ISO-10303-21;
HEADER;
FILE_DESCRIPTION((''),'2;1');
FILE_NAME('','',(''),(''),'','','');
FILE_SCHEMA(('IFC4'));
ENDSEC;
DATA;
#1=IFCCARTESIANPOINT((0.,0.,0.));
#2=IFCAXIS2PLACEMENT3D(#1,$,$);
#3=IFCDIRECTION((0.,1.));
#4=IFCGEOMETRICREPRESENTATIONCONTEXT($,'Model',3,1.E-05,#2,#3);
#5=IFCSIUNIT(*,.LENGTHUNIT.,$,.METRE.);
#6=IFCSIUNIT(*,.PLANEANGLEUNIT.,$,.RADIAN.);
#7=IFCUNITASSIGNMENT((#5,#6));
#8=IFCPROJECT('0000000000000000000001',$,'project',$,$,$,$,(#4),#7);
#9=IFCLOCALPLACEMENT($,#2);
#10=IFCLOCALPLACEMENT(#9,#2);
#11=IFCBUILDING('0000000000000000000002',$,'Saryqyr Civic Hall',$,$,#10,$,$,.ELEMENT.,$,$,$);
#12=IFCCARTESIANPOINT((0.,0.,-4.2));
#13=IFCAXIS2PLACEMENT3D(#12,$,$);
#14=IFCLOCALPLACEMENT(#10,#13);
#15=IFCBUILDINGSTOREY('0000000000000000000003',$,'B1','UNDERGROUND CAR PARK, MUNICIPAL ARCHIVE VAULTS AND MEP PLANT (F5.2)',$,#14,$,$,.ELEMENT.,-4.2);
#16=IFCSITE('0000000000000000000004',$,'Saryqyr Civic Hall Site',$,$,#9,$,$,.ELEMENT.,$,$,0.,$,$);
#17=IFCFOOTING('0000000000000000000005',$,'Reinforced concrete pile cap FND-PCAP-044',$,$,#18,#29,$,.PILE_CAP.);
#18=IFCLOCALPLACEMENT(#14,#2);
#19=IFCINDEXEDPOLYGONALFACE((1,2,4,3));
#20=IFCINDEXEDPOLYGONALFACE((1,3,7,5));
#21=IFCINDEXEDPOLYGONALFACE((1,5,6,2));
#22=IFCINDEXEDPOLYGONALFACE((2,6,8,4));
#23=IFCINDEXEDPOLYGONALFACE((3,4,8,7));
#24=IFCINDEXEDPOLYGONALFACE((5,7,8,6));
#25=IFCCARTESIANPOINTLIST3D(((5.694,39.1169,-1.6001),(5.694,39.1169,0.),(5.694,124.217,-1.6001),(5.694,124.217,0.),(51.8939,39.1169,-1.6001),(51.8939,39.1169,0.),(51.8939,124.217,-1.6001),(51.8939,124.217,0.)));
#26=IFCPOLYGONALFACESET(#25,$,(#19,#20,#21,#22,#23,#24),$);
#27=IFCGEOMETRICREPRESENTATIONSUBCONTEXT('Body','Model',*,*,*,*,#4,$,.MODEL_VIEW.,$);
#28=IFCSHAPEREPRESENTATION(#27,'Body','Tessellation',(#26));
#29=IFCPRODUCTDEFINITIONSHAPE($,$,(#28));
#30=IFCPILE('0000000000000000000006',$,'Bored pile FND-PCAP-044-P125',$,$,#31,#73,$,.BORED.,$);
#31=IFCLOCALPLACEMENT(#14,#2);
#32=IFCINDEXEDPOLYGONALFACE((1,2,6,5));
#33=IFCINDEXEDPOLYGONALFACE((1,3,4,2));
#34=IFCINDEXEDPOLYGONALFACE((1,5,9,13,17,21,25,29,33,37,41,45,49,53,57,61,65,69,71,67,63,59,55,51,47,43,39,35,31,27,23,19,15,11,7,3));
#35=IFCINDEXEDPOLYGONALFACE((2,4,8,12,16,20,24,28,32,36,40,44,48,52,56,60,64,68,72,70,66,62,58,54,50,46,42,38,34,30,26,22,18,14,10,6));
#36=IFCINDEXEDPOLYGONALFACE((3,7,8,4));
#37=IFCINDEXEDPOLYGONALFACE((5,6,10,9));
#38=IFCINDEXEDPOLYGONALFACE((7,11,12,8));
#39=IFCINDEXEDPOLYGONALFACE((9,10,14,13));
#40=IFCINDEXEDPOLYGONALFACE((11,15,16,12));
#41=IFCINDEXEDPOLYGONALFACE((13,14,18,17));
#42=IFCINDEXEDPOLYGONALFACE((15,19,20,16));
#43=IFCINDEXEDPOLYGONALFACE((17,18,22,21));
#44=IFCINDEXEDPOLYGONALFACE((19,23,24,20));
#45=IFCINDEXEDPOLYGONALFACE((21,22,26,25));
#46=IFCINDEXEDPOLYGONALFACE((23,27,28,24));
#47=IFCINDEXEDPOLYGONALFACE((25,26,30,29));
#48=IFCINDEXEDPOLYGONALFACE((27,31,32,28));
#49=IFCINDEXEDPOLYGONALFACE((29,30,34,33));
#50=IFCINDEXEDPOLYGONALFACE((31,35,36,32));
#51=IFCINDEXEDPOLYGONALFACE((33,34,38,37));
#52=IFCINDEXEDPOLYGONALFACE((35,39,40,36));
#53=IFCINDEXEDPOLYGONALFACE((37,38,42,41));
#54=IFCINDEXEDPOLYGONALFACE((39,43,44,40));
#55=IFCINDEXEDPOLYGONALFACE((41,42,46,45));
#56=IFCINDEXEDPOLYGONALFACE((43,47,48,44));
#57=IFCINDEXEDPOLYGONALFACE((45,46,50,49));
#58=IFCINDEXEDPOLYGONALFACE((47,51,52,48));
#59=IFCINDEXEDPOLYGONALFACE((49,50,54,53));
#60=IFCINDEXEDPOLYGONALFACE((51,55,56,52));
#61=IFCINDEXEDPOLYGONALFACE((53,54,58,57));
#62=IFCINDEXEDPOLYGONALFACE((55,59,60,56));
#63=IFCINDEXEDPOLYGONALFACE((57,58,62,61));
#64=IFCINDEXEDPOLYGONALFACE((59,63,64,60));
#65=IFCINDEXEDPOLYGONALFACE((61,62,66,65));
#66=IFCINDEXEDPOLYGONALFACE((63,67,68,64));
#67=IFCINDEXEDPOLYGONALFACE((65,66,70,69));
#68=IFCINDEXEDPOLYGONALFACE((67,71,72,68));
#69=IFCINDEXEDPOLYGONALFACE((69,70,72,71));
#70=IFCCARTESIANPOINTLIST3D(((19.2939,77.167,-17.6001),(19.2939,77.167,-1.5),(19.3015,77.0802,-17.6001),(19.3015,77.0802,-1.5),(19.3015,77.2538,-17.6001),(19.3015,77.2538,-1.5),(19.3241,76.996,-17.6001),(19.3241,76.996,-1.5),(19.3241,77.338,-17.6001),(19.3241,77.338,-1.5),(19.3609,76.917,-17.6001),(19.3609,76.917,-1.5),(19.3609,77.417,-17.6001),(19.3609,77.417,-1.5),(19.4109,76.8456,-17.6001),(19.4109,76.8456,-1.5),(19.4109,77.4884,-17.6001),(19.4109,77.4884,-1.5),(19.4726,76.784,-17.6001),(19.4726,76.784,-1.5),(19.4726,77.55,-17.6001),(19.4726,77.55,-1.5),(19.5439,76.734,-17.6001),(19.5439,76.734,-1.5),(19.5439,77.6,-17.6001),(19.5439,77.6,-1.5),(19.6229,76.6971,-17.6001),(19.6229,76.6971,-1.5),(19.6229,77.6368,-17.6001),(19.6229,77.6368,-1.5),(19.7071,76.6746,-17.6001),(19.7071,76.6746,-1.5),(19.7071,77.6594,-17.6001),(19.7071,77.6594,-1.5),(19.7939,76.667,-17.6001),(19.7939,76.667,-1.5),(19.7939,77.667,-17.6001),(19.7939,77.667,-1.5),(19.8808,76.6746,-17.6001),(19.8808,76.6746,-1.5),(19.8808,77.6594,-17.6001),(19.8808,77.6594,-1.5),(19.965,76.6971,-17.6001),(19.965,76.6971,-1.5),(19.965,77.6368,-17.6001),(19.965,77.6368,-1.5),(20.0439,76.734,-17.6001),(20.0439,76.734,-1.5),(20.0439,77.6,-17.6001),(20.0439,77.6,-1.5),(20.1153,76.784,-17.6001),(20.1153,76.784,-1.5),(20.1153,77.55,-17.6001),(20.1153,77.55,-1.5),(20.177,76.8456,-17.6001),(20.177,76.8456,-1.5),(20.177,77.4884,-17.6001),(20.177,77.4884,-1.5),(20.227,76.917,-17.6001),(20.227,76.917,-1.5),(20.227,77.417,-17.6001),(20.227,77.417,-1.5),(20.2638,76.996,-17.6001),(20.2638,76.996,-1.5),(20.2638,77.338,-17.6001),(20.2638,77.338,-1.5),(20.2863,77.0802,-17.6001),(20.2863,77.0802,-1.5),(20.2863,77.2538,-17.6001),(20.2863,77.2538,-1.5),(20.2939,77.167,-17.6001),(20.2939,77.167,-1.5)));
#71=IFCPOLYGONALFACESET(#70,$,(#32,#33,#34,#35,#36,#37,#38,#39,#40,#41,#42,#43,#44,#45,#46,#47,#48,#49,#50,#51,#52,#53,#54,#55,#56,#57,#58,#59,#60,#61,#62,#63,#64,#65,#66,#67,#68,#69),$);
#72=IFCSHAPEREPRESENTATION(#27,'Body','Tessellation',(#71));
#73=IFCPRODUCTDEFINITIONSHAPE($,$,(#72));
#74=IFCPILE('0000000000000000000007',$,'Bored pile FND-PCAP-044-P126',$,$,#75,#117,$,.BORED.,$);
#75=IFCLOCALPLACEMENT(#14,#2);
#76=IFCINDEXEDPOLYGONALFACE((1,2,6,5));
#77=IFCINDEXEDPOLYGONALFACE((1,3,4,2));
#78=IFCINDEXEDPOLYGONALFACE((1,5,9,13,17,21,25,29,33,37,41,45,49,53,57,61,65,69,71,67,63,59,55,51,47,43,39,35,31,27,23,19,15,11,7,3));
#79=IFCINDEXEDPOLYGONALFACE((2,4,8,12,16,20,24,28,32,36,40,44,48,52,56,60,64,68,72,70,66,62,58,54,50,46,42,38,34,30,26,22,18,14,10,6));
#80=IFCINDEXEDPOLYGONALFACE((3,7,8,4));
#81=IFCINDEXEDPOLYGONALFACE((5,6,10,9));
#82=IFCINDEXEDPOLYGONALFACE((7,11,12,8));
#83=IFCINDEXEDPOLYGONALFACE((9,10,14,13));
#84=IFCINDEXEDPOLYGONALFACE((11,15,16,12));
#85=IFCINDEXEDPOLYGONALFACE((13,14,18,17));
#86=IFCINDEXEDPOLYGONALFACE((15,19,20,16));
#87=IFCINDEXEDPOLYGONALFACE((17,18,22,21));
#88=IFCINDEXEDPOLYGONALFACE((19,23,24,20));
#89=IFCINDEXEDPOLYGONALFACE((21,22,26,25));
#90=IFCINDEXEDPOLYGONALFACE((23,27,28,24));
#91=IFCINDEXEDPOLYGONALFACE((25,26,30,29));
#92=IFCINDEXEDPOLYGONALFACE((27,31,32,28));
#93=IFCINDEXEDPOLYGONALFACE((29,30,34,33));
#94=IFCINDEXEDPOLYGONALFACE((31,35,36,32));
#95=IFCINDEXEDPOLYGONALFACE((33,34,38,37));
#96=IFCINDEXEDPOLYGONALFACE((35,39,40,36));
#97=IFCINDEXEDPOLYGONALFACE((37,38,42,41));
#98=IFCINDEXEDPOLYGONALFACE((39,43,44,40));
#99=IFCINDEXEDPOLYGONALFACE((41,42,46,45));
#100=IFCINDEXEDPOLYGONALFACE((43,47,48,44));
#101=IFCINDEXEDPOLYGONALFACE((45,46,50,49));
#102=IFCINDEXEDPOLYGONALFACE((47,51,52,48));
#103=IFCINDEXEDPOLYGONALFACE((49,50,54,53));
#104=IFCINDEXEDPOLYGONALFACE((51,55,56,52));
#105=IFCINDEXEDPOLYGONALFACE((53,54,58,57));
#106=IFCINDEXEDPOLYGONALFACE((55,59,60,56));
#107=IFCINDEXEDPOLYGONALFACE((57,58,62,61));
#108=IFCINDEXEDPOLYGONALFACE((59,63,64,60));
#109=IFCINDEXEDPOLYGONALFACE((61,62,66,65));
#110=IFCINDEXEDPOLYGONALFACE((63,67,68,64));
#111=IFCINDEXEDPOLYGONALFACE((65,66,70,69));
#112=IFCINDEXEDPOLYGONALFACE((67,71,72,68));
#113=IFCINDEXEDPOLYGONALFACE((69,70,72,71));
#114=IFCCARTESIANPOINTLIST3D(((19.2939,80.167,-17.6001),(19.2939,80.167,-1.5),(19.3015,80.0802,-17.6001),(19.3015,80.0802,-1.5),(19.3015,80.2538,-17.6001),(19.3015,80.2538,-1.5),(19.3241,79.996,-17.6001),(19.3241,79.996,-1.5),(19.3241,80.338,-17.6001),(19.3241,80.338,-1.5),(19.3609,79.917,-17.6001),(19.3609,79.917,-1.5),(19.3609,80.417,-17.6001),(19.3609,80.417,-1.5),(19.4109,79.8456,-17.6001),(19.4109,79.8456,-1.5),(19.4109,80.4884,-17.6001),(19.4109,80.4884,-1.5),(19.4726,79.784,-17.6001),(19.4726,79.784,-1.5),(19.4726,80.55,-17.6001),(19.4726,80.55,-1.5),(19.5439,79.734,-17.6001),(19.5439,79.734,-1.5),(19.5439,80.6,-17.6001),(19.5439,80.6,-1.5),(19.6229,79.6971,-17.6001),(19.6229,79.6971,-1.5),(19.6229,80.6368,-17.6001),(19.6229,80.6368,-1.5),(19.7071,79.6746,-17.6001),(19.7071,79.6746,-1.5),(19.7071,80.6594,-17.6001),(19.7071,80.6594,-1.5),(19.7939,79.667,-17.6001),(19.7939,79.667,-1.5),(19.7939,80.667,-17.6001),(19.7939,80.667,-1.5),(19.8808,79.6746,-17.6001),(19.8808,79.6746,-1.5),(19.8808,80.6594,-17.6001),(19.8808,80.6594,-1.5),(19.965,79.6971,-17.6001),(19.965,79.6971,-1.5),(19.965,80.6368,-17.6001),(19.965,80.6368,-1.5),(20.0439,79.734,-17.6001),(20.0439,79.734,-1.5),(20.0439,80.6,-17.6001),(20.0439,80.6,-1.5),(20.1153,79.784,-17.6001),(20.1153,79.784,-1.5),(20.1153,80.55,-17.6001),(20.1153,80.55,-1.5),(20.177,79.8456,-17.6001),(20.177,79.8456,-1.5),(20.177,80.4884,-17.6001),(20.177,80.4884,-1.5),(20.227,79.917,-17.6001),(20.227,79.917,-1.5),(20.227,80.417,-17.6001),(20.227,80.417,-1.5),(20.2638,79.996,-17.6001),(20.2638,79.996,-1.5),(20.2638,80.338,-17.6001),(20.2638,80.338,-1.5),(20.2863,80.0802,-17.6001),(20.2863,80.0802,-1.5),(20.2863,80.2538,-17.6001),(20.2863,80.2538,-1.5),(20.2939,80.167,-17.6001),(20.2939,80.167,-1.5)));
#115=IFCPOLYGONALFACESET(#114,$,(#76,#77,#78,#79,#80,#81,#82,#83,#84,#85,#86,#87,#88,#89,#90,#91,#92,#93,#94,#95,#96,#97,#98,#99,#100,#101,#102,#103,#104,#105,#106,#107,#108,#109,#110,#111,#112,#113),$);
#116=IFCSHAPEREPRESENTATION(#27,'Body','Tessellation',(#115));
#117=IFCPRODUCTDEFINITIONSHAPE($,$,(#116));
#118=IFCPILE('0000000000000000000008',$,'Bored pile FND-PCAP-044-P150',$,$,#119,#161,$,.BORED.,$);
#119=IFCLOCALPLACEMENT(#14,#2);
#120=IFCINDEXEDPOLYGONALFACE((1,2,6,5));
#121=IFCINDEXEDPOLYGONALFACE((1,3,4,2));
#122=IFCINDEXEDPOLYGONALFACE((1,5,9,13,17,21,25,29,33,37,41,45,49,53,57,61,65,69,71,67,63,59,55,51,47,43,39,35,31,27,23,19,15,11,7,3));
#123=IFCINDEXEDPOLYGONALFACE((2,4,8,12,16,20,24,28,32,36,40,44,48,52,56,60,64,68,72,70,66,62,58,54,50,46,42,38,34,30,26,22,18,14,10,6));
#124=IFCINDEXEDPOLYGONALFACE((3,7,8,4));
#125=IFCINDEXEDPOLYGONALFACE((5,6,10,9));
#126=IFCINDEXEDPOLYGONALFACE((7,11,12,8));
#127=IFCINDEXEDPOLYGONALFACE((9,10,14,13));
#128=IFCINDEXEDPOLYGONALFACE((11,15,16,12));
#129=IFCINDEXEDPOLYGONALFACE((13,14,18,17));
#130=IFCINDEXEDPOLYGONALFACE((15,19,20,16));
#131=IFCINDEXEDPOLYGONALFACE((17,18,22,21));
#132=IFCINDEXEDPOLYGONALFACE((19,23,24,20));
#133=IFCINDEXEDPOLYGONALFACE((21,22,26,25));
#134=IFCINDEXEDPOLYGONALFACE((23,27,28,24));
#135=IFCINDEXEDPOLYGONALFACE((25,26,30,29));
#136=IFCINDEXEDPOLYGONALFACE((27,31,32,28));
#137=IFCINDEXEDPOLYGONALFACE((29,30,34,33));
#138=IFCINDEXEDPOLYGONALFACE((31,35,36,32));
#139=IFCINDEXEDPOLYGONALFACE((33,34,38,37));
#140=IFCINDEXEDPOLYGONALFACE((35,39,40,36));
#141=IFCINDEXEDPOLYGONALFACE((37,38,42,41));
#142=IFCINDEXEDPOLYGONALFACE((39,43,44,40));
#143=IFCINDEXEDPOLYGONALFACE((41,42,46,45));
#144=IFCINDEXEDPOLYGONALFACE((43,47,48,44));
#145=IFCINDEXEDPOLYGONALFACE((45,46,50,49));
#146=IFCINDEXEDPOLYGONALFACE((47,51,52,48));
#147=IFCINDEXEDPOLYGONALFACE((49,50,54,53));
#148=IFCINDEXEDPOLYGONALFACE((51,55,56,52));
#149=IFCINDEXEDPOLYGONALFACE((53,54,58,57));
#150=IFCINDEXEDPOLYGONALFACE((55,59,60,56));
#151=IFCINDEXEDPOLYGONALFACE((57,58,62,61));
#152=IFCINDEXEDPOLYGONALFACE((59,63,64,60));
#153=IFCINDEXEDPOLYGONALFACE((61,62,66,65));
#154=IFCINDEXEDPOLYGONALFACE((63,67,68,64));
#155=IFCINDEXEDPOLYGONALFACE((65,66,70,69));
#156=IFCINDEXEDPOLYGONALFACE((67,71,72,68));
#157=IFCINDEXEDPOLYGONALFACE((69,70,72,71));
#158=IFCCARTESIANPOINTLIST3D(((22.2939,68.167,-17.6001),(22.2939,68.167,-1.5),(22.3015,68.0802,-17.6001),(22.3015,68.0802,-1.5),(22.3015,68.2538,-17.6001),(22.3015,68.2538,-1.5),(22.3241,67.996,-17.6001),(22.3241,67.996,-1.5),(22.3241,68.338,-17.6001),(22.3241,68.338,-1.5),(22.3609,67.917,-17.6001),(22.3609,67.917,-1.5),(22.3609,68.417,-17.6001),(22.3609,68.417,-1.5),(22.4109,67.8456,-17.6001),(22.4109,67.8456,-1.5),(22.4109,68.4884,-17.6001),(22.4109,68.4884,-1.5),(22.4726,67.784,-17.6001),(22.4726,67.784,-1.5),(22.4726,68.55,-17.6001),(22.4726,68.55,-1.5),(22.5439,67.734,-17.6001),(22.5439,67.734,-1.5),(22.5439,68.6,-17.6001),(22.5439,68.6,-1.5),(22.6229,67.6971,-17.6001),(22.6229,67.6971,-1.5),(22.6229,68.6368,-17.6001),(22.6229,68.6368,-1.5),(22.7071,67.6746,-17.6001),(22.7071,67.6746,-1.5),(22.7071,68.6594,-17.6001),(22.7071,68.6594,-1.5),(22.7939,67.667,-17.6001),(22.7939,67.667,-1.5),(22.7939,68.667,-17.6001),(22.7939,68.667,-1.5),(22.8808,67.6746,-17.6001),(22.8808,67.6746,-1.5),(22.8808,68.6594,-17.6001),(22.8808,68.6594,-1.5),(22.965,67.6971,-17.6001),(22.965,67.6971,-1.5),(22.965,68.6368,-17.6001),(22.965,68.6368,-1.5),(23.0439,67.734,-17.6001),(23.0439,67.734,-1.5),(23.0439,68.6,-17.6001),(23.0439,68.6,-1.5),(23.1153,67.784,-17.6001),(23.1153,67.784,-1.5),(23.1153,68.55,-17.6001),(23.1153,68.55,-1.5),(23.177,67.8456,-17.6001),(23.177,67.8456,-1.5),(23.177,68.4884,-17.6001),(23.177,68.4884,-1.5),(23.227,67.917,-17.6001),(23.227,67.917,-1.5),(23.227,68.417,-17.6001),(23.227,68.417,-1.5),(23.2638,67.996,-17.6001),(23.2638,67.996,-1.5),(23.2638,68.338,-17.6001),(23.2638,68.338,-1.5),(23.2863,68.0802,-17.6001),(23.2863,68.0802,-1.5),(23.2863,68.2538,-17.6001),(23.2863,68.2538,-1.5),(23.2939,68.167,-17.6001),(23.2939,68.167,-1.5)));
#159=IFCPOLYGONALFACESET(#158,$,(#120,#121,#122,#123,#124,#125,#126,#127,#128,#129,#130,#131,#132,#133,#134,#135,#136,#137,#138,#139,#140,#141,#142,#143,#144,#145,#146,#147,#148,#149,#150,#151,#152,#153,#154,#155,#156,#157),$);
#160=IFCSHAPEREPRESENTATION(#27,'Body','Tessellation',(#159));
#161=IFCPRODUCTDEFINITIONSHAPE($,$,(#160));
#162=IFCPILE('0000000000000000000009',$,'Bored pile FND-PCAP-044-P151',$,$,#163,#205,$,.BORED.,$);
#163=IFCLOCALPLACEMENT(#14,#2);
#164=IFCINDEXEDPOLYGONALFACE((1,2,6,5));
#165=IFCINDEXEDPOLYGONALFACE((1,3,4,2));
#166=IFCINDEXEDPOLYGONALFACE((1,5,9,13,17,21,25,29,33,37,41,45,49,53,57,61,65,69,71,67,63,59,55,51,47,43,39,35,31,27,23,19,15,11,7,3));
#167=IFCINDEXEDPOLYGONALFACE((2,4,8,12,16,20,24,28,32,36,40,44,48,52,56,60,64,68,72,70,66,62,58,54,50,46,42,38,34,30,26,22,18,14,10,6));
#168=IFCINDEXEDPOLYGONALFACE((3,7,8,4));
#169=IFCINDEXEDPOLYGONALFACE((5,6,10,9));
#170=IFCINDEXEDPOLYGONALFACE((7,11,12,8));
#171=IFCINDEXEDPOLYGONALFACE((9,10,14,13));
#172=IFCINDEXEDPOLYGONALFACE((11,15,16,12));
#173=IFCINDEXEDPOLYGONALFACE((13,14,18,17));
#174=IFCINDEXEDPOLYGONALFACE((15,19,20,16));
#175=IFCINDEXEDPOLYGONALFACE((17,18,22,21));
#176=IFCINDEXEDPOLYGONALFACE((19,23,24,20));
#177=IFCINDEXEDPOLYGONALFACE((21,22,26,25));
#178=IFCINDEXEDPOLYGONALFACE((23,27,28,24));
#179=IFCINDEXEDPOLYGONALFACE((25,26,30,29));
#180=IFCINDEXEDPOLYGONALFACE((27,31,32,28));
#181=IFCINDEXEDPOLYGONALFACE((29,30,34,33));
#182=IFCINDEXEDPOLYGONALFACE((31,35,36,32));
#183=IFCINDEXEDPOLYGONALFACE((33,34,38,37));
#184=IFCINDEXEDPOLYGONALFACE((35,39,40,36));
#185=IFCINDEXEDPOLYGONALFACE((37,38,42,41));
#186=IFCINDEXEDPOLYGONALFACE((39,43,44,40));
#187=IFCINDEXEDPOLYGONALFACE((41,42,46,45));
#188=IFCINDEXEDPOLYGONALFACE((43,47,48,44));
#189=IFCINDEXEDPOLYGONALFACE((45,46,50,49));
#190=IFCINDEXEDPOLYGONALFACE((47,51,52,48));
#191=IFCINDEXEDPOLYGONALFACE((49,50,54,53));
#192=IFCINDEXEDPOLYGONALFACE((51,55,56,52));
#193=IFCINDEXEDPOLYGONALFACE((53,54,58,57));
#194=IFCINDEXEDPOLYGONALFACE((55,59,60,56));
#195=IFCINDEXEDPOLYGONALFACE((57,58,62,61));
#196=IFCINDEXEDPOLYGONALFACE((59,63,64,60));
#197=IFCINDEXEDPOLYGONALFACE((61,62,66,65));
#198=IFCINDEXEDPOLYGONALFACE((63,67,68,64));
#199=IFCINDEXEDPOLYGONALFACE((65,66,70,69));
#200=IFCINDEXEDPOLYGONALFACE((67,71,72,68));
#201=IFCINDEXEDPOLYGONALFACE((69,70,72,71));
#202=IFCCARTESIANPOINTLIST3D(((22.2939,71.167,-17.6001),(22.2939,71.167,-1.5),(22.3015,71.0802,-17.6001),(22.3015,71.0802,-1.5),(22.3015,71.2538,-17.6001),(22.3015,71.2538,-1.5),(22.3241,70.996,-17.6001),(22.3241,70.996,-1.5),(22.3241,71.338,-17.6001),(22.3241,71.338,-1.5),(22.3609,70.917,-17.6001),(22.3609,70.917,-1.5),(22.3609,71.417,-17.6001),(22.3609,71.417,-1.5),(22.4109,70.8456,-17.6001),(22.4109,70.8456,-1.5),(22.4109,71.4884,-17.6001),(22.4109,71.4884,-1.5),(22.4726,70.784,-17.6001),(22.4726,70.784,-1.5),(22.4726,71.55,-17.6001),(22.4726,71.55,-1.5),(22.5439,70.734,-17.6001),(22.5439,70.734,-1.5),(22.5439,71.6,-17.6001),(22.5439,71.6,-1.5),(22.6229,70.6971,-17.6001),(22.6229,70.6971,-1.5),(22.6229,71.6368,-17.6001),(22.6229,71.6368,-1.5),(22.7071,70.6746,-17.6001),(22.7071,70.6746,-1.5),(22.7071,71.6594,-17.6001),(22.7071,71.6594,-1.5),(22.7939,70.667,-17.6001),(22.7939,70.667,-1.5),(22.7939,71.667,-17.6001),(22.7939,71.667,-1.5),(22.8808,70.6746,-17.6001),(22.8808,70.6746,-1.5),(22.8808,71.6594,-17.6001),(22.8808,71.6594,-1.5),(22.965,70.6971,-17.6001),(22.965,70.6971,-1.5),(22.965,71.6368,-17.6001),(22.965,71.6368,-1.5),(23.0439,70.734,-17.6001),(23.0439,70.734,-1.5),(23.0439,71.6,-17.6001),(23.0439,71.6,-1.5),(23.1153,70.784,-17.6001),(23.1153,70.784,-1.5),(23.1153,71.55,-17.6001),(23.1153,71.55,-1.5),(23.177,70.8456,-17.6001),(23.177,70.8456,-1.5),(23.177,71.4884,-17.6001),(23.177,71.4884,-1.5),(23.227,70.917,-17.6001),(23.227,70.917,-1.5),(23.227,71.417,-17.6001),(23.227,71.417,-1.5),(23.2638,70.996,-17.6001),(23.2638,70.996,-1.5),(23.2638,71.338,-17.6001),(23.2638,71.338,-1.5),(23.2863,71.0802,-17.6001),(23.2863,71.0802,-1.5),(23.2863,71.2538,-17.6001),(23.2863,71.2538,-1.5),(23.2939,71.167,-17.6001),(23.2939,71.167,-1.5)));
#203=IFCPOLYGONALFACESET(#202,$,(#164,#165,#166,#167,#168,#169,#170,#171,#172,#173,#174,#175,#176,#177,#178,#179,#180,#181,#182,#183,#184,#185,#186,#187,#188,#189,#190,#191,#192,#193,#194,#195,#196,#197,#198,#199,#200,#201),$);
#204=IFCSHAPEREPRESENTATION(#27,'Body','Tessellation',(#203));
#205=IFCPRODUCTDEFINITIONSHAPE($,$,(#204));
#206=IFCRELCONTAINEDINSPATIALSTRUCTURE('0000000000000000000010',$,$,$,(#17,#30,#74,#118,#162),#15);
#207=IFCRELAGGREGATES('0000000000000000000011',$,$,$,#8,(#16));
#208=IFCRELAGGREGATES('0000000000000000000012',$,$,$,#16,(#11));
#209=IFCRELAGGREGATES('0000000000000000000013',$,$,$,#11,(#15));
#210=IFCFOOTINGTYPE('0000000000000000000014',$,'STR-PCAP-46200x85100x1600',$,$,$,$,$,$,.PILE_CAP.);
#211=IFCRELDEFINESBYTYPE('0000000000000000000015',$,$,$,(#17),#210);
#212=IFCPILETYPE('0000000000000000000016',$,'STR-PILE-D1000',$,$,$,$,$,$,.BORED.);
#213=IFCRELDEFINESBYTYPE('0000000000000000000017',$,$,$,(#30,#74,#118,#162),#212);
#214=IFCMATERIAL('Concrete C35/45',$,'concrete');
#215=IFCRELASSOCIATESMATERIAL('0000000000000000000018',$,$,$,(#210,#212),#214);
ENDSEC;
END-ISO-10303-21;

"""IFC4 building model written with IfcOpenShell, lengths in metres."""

from ifc_helpers import new_model, si_unit, direction, frame, origin, origin_2d, place, context, subcontext, project, spatial, rectangle, circle, extrude, material, material_profile, profile_set, type_object, element, save


model = new_model("IFC4")

# Units and contexts
model_context = context("Model", 3, precision=1e-05, world=origin(), true_north=direction((0.0, 1.0)))
body_context = subcontext(model_context, "Body", "Model", "MODEL_VIEW")
ifc_project = project(units=[si_unit("LENGTHUNIT", "METRE"), si_unit("PLANEANGLEUNIT", "RADIAN")], contexts=[model_context])

# Site, building, storey
site_placement = place(None, origin())
site = spatial("IfcSite", under=ifc_project, at=site_placement, Name="Saryqyr Civic Hall Site", CompositionType="ELEMENT", RefElevation=0.0)
building_placement = place(site_placement, origin())
building = spatial("IfcBuilding", under=site, at=building_placement, Name="Saryqyr Civic Hall", CompositionType="ELEMENT")
storey_placement = place(building_placement, frame((0.0, 0.0, -4.2)))
storey = spatial("IfcBuildingStorey", under=building, at=storey_placement, Name="B1", Description="UNDERGROUND CAR PARK, MUNICIPAL ARCHIVE VAULTS AND MEP PLANT (F5.2)", CompositionType="ELEMENT", Elevation=-4.2)

# Footing
ifc_material_1 = material(Name="Concrete C35/45", Category="concrete")
footing_type = type_object("IfcFootingType", Name="STR-PCAP-46200x85100x1600", PredefinedType="PILE_CAP", material=ifc_material_1)
footing_placement = place(storey_placement, frame((28.7939, 81.667, -1.6001), z_axis=(0.0, 0.0, 1.0), x_axis=(1.0, 0.0, 0.0)))
element("IfcFooting", 1, at=footing_placement, inside=storey, type_object=footing_type, Name="Reinforced concrete pile cap FND-PCAP-044", PredefinedType="PILE_CAP", context=body_context, shape_type="SweptSolid", body=[
    extrude(rectangle(XDim=46.2, YDim=85.1001, at=origin_2d()), origin(), (0.0, 0.0, 1.0), 1.6001),
])

# Piles
ifc_material_profile_1 = material_profile(ifc_material_1, circle(Radius=0.5, at=origin_2d()), Name="BORED PILE D1000")
ifc_profile_set_1 = profile_set([ifc_material_profile_1], Name="Concrete C35/45")
pile_type = type_object("IfcPileType", Name="STR-PILE-D1000", PredefinedType="BORED", material=ifc_profile_set_1)
for number, where, z_axis, x_axis, name in (
    (2, (19.7939, 77.167, -1.5), (0.0, 0.0, -1.0), (1.0, 0.0, 0.0), "Bored pile FND-PCAP-044-P125"),
    (3, (19.7939, 80.167, -1.5), (0.0, 0.0, -1.0), (1.0, 0.0, 0.0), "Bored pile FND-PCAP-044-P126"),
    (4, (22.7939, 68.167, -1.5), (0.0, 0.0, -1.0), (1.0, 0.0, 0.0), "Bored pile FND-PCAP-044-P150"),
    (5, (22.7939, 71.167, -1.5), (0.0, 0.0, -1.0), (1.0, 0.0, 0.0), "Bored pile FND-PCAP-044-P151"),
):
    element("IfcPile", number, at=place(storey_placement, frame(where, z_axis=z_axis, x_axis=x_axis)), inside=storey, type_object=pile_type, Name=name, PredefinedType="BORED", context=body_context, shape_type="SweptSolid", body=[
        extrude(circle(Radius=0.5, at=origin_2d()), origin(), (0.0, 0.0, 1.0), 16.1001),
    ])

save(model, "model.ifc")
